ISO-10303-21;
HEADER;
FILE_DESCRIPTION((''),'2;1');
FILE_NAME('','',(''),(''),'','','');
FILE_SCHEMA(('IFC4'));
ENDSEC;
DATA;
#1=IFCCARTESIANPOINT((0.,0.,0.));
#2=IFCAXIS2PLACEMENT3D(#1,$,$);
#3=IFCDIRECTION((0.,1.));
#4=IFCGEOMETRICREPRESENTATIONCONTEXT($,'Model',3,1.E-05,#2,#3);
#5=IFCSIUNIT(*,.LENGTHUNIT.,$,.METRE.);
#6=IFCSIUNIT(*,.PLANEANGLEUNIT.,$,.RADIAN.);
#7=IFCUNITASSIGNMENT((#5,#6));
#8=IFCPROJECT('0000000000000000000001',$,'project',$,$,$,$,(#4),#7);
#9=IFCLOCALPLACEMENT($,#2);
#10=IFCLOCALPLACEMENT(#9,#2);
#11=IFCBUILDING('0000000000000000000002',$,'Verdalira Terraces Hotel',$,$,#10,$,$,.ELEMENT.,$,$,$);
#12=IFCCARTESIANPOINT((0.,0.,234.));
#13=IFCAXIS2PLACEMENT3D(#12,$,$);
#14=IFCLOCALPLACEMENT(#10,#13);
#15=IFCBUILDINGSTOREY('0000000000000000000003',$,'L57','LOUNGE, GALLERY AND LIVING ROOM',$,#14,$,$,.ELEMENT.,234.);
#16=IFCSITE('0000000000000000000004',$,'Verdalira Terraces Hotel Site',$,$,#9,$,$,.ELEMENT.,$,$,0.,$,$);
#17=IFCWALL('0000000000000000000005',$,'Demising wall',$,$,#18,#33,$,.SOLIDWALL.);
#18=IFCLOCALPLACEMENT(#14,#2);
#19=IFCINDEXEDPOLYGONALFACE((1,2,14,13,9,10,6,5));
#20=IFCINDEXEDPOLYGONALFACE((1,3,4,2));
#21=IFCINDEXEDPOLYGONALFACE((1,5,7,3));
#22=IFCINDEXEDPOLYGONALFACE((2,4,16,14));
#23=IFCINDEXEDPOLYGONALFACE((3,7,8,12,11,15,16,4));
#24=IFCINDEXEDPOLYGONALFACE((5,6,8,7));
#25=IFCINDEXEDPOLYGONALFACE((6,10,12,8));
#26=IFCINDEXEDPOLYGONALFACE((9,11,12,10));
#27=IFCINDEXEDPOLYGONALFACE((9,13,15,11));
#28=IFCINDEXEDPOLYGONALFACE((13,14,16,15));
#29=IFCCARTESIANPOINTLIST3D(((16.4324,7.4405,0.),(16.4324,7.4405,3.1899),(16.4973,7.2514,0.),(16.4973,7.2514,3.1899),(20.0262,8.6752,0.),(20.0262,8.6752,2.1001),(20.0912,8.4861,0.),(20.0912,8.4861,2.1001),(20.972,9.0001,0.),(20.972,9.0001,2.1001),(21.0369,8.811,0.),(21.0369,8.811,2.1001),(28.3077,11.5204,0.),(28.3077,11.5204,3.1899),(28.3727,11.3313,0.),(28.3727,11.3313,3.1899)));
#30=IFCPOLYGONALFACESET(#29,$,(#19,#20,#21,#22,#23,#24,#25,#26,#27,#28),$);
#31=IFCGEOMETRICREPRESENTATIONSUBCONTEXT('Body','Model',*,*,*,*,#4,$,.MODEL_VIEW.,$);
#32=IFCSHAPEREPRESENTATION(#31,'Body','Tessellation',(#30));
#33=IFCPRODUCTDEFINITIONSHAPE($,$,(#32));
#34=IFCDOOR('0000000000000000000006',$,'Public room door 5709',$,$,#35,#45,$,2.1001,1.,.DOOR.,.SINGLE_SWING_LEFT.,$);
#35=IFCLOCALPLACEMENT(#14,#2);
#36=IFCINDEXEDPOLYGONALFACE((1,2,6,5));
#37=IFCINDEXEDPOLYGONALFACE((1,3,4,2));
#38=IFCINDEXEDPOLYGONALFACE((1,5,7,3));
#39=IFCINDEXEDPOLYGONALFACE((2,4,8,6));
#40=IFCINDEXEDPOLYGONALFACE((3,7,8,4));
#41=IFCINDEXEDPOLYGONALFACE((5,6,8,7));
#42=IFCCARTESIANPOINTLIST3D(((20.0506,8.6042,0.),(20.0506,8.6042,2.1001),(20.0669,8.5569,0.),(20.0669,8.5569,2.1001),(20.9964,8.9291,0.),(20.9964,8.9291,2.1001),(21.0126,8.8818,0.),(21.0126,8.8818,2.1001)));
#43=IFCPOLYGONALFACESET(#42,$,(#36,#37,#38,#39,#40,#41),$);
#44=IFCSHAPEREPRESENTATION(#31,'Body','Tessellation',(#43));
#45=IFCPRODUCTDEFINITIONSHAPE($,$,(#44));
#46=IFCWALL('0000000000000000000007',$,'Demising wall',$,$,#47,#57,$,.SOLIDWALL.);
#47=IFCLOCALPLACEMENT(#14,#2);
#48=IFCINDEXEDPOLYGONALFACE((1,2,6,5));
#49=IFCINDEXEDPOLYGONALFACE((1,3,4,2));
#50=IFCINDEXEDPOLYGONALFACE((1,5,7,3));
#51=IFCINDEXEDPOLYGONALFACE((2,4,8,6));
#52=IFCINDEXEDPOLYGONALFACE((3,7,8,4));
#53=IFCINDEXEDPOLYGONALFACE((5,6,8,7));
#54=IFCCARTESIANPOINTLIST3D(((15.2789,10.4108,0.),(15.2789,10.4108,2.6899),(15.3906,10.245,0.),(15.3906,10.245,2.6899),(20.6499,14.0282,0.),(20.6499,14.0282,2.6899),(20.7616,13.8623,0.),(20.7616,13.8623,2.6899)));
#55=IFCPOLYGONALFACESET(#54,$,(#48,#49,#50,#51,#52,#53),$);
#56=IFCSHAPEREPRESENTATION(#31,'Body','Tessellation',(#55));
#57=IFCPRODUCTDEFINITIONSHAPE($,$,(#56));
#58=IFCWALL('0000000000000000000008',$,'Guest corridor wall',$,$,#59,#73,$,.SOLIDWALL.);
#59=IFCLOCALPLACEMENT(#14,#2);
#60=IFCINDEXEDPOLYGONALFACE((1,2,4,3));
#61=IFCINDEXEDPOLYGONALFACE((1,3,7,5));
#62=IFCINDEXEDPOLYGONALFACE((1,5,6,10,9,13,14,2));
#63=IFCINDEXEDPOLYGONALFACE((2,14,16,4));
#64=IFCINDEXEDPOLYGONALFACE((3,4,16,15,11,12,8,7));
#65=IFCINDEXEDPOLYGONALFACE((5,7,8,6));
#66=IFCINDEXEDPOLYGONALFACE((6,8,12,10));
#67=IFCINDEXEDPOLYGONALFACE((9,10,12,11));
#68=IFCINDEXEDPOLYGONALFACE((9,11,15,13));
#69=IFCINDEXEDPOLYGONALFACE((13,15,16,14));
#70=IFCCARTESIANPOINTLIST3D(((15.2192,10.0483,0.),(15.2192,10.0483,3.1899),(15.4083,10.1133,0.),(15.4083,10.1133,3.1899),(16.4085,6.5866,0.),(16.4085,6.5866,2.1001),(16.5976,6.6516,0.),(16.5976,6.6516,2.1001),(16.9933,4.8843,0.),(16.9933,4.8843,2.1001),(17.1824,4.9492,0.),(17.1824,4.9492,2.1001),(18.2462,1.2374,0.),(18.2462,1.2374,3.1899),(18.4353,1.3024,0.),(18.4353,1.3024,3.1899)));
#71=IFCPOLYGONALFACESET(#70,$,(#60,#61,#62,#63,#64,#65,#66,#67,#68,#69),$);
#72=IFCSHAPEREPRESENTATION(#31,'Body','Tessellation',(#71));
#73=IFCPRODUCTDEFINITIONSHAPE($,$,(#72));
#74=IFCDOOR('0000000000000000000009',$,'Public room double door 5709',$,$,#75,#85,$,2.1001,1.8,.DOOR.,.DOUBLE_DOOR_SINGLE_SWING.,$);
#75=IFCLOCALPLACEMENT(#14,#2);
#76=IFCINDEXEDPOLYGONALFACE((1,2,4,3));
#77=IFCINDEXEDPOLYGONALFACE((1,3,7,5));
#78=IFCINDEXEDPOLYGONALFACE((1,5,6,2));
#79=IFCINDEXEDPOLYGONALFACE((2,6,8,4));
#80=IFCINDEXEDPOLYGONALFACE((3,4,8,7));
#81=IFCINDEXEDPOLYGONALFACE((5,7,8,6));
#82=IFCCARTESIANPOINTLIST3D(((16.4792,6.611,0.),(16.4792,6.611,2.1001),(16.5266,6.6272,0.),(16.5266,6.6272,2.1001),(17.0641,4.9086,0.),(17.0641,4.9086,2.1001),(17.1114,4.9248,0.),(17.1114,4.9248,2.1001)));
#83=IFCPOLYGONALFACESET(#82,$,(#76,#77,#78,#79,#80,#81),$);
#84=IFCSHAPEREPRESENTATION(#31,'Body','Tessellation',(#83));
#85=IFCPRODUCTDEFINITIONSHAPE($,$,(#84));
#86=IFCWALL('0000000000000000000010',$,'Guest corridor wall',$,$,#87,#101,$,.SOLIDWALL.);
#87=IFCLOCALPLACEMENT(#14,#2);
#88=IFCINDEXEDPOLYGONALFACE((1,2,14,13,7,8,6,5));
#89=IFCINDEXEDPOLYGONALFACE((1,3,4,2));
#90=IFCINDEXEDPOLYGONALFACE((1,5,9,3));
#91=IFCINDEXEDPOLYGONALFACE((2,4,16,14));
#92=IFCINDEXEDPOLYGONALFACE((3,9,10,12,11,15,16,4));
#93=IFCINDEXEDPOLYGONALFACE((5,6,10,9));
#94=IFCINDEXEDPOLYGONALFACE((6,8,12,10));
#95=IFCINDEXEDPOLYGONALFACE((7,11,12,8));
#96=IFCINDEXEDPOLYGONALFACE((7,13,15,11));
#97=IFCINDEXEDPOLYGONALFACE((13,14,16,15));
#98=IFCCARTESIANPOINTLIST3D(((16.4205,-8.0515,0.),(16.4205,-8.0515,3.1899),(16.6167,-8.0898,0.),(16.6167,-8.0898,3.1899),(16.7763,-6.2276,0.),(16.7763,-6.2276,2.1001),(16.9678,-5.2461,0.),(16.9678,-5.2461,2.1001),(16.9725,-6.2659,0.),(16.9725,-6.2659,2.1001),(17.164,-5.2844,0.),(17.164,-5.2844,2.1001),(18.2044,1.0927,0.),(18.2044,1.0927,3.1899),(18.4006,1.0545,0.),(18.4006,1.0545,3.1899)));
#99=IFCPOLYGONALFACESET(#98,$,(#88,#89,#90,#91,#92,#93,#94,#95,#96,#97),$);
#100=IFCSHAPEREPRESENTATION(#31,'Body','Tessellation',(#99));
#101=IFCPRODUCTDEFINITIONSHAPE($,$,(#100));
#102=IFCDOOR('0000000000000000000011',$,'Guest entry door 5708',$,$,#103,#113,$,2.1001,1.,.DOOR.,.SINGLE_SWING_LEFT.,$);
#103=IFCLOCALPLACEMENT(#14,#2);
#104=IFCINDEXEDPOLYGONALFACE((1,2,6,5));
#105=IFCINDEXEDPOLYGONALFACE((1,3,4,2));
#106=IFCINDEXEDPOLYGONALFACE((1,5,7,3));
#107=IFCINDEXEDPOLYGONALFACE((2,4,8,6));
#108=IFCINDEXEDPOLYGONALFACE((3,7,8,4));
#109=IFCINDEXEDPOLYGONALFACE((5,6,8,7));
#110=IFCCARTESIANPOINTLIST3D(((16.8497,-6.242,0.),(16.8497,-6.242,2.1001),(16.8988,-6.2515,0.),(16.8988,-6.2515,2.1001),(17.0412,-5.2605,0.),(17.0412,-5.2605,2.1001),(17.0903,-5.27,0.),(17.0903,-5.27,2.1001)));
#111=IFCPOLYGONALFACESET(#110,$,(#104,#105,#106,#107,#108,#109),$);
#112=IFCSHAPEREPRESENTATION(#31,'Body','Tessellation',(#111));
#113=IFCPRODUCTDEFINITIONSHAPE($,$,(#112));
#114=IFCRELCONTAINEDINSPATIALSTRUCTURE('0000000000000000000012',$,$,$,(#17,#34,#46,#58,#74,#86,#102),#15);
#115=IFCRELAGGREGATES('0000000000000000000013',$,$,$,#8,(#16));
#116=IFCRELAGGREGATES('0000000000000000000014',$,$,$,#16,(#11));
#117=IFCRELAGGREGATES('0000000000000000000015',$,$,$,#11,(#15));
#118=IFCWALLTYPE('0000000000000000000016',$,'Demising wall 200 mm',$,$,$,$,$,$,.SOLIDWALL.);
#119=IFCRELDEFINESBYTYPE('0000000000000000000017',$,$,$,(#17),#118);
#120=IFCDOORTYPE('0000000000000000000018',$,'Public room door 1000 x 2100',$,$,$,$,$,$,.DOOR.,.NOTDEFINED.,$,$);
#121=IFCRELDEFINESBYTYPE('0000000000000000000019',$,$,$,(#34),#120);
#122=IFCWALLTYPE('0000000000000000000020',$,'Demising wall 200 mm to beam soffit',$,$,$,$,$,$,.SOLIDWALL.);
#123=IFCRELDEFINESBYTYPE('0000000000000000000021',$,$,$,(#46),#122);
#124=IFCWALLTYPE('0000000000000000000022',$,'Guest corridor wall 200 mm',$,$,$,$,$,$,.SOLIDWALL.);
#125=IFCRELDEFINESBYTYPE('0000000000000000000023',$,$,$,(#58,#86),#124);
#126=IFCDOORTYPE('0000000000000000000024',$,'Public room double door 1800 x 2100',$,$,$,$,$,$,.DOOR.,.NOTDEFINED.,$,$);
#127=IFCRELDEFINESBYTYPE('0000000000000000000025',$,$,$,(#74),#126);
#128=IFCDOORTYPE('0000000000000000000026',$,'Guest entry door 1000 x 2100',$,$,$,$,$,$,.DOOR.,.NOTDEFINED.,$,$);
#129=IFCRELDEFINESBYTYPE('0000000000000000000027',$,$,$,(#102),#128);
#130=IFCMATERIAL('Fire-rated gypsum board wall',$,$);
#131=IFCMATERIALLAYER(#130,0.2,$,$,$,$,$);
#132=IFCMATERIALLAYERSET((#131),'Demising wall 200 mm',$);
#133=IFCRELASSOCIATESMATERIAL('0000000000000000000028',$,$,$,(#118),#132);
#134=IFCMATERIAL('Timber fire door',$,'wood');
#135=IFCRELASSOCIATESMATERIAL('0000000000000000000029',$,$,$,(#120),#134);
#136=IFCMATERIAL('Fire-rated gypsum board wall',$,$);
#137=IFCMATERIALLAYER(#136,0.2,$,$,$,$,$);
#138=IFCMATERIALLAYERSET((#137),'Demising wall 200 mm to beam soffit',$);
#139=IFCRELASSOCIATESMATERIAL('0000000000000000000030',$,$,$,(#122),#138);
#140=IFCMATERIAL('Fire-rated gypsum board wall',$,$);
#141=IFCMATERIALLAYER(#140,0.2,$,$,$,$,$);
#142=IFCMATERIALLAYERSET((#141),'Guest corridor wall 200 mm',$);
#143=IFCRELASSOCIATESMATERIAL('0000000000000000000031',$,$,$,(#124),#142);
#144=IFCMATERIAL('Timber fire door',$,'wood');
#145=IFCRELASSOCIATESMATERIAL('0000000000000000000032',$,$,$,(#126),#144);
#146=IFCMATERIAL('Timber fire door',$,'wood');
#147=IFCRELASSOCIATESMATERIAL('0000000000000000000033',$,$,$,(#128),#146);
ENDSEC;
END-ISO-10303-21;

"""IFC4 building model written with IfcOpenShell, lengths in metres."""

from ifc_helpers import new_model, si_unit, direction, frame, frame_2d, origin, place, context, subcontext, project, spatial, rectangle, extrude, material, layer, layer_set, type_object, element, fill, save


model = new_model("IFC4")

# Units and contexts
model_context = context("Model", 3, precision=1e-05, world=origin(), true_north=direction((0.0, 1.0)))
body_context = subcontext(model_context, "Body", "Model", "MODEL_VIEW")
ifc_project = project(units=[si_unit("LENGTHUNIT", "METRE"), si_unit("PLANEANGLEUNIT", "RADIAN")], contexts=[model_context])

# Site, building, storey
site_placement = place(None, origin())
site = spatial("IfcSite", under=ifc_project, at=site_placement, Name="Verdalira Terraces Hotel Site", CompositionType="ELEMENT", RefElevation=0.0)
building_placement = place(site_placement, origin())
building = spatial("IfcBuilding", under=site, at=building_placement, Name="Verdalira Terraces Hotel", CompositionType="ELEMENT")
storey_placement = place(building_placement, frame((0.0, 0.0, 234.0)))
storey = spatial("IfcBuildingStorey", under=building, at=storey_placement, Name="L57", Description="LOUNGE, GALLERY AND LIVING ROOM", CompositionType="ELEMENT", Elevation=234.0)

# Wall, opening, door
ifc_material_1 = material(Name="Fire-rated gypsum board wall")
ifc_layer_1 = layer(ifc_material_1, 0.2)
ifc_layer_set_1 = layer_set([ifc_layer_1], Name="Demising wall 200 mm")
wall_type_1 = type_object("IfcWallType", Name="Demising wall 200 mm", PredefinedType="SOLIDWALL", material=ifc_layer_set_1)
wall_1_placement = place(storey_placement, frame((16.4648, 7.3459, 0.0), z_axis=(0.0, 0.0, 1.0), x_axis=(0.945742, 0.324917, 0.0)))
wall_1 = element("IfcWall", 1, at=wall_1_placement, inside=storey, type_object=wall_type_1, Name="Demising wall", PredefinedType="SOLIDWALL", context=body_context, shape_type="SweptSolid", body=[
    extrude(rectangle(XDim=12.5566, YDim=0.2, at=frame_2d((6.2783, 0.0))), origin(), (0.0, 0.0, 1.0), 3.1899),
])
opening_1_placement = place(wall_1_placement, frame((3.8, 0.0, 0.0)))
opening_1 = element("IfcOpeningElement", 2, at=opening_1_placement, cuts=wall_1, PredefinedType="OPENING", context=body_context, shape_type="SweptSolid", body=[
    extrude(rectangle(XDim=1.0, YDim=2.1001, at=frame_2d((0.5, 1.05))), frame((0.0, 0.1099, 0.0), z_axis=(0.0, -1.0, 0.0), x_axis=(1.0, 0.0, 0.0)), (0.0, 0.0, 1.0), 0.22),
])
ifc_material_2 = material(Name="Timber fire door", Category="wood")
door_type_1 = type_object("IfcDoorType", Name="Public room door 1000 x 2100", OperationType="NOTDEFINED", PredefinedType="DOOR", material=ifc_material_2)
door_1_placement = place(opening_1_placement, origin())
door_1 = element("IfcDoor", 3, at=door_1_placement, inside=storey, type_object=door_type_1, Name="Public room door 5709", OperationType="SINGLE_SWING_LEFT", OverallHeight=2.1001, OverallWidth=1.0, PredefinedType="DOOR", context=body_context, shape_type="SweptSolid", body=[
    extrude(rectangle(XDim=1.0, YDim=2.1001, at=frame_2d((0.5, 1.05))), frame((0.0, 0.0249, 0.0), z_axis=(0.0, -1.0, 0.0), x_axis=(1.0, 0.0, 0.0)), (0.0, 0.0, 1.0), 0.05),
])
fill(opening_1, door_1)

# Wall
ifc_material_3 = material(Name="Fire-rated gypsum board wall")
ifc_layer_2 = layer(ifc_material_3, 0.2)
ifc_layer_set_2 = layer_set([ifc_layer_2], Name="Demising wall 200 mm to beam soffit")
wall_type_2 = type_object("IfcWallType", Name="Demising wall 200 mm to beam soffit", PredefinedType="SOLIDWALL", material=ifc_layer_set_2)
wall_2_placement = place(storey_placement, frame((15.3347, 10.3279, 0.0), z_axis=(0.0, 0.0, 1.0), x_axis=(0.829425, 0.558618, 0.0)))
element("IfcWall", 4, at=wall_2_placement, inside=storey, type_object=wall_type_2, Name="Demising wall", PredefinedType="SOLIDWALL", context=body_context, shape_type="SweptSolid", body=[
    extrude(rectangle(XDim=6.4756, YDim=0.2, at=frame_2d((3.2378, 0.0))), origin(), (0.0, 0.0, 1.0), 2.6899),
])

# Walls, openings, doors
ifc_material_4 = material(Name="Fire-rated gypsum board wall")
ifc_layer_3 = layer(ifc_material_4, 0.2)
ifc_layer_set_3 = layer_set([ifc_layer_3], Name="Guest corridor wall 200 mm")
wall_type_3 = type_object("IfcWallType", Name="Guest corridor wall 200 mm", PredefinedType="SOLIDWALL", material=ifc_layer_set_3)
wall_3_placement = place(storey_placement, frame((15.3137, 10.0808, 0.0), z_axis=(0.0, 0.0, 1.0), x_axis=(0.324917, -0.945742, 0.0)))
wall_3 = element("IfcWall", 5, at=wall_3_placement, inside=storey, type_object=wall_type_3, Name="Guest corridor wall", PredefinedType="SOLIDWALL", context=body_context, shape_type="SweptSolid", body=[
    extrude(rectangle(XDim=9.3164, YDim=0.2, at=frame_2d((4.6582, 0.0))), origin(), (0.0, 0.0, 1.0), 3.1899),
])
opening_2_placement = place(wall_3_placement, frame((3.6604, 0.0, 0.0)))
opening_2 = element("IfcOpeningElement", 6, at=opening_2_placement, cuts=wall_3, PredefinedType="OPENING", context=body_context, shape_type="SweptSolid", body=[
    extrude(rectangle(XDim=1.8, YDim=2.1001, at=frame_2d((0.8999, 1.05))), frame((0.0, 0.1099, 0.0), z_axis=(0.0, -1.0, 0.0), x_axis=(1.0, 0.0, 0.0)), (0.0, 0.0, 1.0), 0.22),
])
ifc_material_5 = material(Name="Timber fire door", Category="wood")
door_type_2 = type_object("IfcDoorType", Name="Public room double door 1800 x 2100", OperationType="NOTDEFINED", PredefinedType="DOOR", material=ifc_material_5)
door_2_placement = place(opening_2_placement, origin())
door_2 = element("IfcDoor", 7, at=door_2_placement, inside=storey, type_object=door_type_2, Name="Public room double door 5709", OperationType="DOUBLE_DOOR_SINGLE_SWING", OverallHeight=2.1001, OverallWidth=1.8, PredefinedType="DOOR", context=body_context, shape_type="SweptSolid", body=[
    extrude(rectangle(XDim=1.8, YDim=2.1001, at=frame_2d((0.8999, 1.05))), frame((0.0, 0.0249, 0.0), z_axis=(0.0, -1.0, 0.0), x_axis=(1.0, 0.0, 0.0)), (0.0, 0.0, 1.0), 0.05),
])
fill(opening_2, door_2)
wall_4_placement = place(storey_placement, frame((18.3025, 1.0735, 0.0), z_axis=(0.0, 0.0, 1.0), x_axis=(-0.191478, -0.981497, 0.0)))
wall_4 = element("IfcWall", 8, at=wall_4_placement, inside=storey, type_object=wall_type_3, Name="Guest corridor wall", PredefinedType="SOLIDWALL", context=body_context, shape_type="SweptSolid", body=[
    extrude(rectangle(XDim=9.3166, YDim=0.2, at=frame_2d((4.6582, 0.0))), origin(), (0.0, 0.0, 1.0), 3.1899),
])
opening_3_placement = place(wall_4_placement, frame((6.4583, 0.0, 0.0)))
opening_3 = element("IfcOpeningElement", 9, at=opening_3_placement, cuts=wall_4, PredefinedType="OPENING", context=body_context, shape_type="SweptSolid", body=[
    extrude(rectangle(XDim=1.0, YDim=2.1001, at=frame_2d((0.5, 1.05))), frame((0.0, 0.1099, 0.0), z_axis=(0.0, -1.0, 0.0), x_axis=(1.0, 0.0, 0.0)), (0.0, 0.0, 1.0), 0.22),
])
ifc_material_6 = material(Name="Timber fire door", Category="wood")
door_type_3 = type_object("IfcDoorType", Name="Guest entry door 1000 x 2100", OperationType="NOTDEFINED", PredefinedType="DOOR", material=ifc_material_6)
door_3_placement = place(opening_3_placement, origin())
door_3 = element("IfcDoor", 10, at=door_3_placement, inside=storey, type_object=door_type_3, Name="Guest entry door 5708", OperationType="SINGLE_SWING_LEFT", OverallHeight=2.1001, OverallWidth=1.0, PredefinedType="DOOR", context=body_context, shape_type="SweptSolid", body=[
    extrude(rectangle(XDim=1.0, YDim=2.1001, at=frame_2d((0.5, 1.05))), frame((0.0, 0.0249, 0.0), z_axis=(0.0, -1.0, 0.0), x_axis=(1.0, 0.0, 0.0)), (0.0, 0.0, 1.0), 0.05),
])
fill(opening_3, door_3)

save(model, "model.ifc")
